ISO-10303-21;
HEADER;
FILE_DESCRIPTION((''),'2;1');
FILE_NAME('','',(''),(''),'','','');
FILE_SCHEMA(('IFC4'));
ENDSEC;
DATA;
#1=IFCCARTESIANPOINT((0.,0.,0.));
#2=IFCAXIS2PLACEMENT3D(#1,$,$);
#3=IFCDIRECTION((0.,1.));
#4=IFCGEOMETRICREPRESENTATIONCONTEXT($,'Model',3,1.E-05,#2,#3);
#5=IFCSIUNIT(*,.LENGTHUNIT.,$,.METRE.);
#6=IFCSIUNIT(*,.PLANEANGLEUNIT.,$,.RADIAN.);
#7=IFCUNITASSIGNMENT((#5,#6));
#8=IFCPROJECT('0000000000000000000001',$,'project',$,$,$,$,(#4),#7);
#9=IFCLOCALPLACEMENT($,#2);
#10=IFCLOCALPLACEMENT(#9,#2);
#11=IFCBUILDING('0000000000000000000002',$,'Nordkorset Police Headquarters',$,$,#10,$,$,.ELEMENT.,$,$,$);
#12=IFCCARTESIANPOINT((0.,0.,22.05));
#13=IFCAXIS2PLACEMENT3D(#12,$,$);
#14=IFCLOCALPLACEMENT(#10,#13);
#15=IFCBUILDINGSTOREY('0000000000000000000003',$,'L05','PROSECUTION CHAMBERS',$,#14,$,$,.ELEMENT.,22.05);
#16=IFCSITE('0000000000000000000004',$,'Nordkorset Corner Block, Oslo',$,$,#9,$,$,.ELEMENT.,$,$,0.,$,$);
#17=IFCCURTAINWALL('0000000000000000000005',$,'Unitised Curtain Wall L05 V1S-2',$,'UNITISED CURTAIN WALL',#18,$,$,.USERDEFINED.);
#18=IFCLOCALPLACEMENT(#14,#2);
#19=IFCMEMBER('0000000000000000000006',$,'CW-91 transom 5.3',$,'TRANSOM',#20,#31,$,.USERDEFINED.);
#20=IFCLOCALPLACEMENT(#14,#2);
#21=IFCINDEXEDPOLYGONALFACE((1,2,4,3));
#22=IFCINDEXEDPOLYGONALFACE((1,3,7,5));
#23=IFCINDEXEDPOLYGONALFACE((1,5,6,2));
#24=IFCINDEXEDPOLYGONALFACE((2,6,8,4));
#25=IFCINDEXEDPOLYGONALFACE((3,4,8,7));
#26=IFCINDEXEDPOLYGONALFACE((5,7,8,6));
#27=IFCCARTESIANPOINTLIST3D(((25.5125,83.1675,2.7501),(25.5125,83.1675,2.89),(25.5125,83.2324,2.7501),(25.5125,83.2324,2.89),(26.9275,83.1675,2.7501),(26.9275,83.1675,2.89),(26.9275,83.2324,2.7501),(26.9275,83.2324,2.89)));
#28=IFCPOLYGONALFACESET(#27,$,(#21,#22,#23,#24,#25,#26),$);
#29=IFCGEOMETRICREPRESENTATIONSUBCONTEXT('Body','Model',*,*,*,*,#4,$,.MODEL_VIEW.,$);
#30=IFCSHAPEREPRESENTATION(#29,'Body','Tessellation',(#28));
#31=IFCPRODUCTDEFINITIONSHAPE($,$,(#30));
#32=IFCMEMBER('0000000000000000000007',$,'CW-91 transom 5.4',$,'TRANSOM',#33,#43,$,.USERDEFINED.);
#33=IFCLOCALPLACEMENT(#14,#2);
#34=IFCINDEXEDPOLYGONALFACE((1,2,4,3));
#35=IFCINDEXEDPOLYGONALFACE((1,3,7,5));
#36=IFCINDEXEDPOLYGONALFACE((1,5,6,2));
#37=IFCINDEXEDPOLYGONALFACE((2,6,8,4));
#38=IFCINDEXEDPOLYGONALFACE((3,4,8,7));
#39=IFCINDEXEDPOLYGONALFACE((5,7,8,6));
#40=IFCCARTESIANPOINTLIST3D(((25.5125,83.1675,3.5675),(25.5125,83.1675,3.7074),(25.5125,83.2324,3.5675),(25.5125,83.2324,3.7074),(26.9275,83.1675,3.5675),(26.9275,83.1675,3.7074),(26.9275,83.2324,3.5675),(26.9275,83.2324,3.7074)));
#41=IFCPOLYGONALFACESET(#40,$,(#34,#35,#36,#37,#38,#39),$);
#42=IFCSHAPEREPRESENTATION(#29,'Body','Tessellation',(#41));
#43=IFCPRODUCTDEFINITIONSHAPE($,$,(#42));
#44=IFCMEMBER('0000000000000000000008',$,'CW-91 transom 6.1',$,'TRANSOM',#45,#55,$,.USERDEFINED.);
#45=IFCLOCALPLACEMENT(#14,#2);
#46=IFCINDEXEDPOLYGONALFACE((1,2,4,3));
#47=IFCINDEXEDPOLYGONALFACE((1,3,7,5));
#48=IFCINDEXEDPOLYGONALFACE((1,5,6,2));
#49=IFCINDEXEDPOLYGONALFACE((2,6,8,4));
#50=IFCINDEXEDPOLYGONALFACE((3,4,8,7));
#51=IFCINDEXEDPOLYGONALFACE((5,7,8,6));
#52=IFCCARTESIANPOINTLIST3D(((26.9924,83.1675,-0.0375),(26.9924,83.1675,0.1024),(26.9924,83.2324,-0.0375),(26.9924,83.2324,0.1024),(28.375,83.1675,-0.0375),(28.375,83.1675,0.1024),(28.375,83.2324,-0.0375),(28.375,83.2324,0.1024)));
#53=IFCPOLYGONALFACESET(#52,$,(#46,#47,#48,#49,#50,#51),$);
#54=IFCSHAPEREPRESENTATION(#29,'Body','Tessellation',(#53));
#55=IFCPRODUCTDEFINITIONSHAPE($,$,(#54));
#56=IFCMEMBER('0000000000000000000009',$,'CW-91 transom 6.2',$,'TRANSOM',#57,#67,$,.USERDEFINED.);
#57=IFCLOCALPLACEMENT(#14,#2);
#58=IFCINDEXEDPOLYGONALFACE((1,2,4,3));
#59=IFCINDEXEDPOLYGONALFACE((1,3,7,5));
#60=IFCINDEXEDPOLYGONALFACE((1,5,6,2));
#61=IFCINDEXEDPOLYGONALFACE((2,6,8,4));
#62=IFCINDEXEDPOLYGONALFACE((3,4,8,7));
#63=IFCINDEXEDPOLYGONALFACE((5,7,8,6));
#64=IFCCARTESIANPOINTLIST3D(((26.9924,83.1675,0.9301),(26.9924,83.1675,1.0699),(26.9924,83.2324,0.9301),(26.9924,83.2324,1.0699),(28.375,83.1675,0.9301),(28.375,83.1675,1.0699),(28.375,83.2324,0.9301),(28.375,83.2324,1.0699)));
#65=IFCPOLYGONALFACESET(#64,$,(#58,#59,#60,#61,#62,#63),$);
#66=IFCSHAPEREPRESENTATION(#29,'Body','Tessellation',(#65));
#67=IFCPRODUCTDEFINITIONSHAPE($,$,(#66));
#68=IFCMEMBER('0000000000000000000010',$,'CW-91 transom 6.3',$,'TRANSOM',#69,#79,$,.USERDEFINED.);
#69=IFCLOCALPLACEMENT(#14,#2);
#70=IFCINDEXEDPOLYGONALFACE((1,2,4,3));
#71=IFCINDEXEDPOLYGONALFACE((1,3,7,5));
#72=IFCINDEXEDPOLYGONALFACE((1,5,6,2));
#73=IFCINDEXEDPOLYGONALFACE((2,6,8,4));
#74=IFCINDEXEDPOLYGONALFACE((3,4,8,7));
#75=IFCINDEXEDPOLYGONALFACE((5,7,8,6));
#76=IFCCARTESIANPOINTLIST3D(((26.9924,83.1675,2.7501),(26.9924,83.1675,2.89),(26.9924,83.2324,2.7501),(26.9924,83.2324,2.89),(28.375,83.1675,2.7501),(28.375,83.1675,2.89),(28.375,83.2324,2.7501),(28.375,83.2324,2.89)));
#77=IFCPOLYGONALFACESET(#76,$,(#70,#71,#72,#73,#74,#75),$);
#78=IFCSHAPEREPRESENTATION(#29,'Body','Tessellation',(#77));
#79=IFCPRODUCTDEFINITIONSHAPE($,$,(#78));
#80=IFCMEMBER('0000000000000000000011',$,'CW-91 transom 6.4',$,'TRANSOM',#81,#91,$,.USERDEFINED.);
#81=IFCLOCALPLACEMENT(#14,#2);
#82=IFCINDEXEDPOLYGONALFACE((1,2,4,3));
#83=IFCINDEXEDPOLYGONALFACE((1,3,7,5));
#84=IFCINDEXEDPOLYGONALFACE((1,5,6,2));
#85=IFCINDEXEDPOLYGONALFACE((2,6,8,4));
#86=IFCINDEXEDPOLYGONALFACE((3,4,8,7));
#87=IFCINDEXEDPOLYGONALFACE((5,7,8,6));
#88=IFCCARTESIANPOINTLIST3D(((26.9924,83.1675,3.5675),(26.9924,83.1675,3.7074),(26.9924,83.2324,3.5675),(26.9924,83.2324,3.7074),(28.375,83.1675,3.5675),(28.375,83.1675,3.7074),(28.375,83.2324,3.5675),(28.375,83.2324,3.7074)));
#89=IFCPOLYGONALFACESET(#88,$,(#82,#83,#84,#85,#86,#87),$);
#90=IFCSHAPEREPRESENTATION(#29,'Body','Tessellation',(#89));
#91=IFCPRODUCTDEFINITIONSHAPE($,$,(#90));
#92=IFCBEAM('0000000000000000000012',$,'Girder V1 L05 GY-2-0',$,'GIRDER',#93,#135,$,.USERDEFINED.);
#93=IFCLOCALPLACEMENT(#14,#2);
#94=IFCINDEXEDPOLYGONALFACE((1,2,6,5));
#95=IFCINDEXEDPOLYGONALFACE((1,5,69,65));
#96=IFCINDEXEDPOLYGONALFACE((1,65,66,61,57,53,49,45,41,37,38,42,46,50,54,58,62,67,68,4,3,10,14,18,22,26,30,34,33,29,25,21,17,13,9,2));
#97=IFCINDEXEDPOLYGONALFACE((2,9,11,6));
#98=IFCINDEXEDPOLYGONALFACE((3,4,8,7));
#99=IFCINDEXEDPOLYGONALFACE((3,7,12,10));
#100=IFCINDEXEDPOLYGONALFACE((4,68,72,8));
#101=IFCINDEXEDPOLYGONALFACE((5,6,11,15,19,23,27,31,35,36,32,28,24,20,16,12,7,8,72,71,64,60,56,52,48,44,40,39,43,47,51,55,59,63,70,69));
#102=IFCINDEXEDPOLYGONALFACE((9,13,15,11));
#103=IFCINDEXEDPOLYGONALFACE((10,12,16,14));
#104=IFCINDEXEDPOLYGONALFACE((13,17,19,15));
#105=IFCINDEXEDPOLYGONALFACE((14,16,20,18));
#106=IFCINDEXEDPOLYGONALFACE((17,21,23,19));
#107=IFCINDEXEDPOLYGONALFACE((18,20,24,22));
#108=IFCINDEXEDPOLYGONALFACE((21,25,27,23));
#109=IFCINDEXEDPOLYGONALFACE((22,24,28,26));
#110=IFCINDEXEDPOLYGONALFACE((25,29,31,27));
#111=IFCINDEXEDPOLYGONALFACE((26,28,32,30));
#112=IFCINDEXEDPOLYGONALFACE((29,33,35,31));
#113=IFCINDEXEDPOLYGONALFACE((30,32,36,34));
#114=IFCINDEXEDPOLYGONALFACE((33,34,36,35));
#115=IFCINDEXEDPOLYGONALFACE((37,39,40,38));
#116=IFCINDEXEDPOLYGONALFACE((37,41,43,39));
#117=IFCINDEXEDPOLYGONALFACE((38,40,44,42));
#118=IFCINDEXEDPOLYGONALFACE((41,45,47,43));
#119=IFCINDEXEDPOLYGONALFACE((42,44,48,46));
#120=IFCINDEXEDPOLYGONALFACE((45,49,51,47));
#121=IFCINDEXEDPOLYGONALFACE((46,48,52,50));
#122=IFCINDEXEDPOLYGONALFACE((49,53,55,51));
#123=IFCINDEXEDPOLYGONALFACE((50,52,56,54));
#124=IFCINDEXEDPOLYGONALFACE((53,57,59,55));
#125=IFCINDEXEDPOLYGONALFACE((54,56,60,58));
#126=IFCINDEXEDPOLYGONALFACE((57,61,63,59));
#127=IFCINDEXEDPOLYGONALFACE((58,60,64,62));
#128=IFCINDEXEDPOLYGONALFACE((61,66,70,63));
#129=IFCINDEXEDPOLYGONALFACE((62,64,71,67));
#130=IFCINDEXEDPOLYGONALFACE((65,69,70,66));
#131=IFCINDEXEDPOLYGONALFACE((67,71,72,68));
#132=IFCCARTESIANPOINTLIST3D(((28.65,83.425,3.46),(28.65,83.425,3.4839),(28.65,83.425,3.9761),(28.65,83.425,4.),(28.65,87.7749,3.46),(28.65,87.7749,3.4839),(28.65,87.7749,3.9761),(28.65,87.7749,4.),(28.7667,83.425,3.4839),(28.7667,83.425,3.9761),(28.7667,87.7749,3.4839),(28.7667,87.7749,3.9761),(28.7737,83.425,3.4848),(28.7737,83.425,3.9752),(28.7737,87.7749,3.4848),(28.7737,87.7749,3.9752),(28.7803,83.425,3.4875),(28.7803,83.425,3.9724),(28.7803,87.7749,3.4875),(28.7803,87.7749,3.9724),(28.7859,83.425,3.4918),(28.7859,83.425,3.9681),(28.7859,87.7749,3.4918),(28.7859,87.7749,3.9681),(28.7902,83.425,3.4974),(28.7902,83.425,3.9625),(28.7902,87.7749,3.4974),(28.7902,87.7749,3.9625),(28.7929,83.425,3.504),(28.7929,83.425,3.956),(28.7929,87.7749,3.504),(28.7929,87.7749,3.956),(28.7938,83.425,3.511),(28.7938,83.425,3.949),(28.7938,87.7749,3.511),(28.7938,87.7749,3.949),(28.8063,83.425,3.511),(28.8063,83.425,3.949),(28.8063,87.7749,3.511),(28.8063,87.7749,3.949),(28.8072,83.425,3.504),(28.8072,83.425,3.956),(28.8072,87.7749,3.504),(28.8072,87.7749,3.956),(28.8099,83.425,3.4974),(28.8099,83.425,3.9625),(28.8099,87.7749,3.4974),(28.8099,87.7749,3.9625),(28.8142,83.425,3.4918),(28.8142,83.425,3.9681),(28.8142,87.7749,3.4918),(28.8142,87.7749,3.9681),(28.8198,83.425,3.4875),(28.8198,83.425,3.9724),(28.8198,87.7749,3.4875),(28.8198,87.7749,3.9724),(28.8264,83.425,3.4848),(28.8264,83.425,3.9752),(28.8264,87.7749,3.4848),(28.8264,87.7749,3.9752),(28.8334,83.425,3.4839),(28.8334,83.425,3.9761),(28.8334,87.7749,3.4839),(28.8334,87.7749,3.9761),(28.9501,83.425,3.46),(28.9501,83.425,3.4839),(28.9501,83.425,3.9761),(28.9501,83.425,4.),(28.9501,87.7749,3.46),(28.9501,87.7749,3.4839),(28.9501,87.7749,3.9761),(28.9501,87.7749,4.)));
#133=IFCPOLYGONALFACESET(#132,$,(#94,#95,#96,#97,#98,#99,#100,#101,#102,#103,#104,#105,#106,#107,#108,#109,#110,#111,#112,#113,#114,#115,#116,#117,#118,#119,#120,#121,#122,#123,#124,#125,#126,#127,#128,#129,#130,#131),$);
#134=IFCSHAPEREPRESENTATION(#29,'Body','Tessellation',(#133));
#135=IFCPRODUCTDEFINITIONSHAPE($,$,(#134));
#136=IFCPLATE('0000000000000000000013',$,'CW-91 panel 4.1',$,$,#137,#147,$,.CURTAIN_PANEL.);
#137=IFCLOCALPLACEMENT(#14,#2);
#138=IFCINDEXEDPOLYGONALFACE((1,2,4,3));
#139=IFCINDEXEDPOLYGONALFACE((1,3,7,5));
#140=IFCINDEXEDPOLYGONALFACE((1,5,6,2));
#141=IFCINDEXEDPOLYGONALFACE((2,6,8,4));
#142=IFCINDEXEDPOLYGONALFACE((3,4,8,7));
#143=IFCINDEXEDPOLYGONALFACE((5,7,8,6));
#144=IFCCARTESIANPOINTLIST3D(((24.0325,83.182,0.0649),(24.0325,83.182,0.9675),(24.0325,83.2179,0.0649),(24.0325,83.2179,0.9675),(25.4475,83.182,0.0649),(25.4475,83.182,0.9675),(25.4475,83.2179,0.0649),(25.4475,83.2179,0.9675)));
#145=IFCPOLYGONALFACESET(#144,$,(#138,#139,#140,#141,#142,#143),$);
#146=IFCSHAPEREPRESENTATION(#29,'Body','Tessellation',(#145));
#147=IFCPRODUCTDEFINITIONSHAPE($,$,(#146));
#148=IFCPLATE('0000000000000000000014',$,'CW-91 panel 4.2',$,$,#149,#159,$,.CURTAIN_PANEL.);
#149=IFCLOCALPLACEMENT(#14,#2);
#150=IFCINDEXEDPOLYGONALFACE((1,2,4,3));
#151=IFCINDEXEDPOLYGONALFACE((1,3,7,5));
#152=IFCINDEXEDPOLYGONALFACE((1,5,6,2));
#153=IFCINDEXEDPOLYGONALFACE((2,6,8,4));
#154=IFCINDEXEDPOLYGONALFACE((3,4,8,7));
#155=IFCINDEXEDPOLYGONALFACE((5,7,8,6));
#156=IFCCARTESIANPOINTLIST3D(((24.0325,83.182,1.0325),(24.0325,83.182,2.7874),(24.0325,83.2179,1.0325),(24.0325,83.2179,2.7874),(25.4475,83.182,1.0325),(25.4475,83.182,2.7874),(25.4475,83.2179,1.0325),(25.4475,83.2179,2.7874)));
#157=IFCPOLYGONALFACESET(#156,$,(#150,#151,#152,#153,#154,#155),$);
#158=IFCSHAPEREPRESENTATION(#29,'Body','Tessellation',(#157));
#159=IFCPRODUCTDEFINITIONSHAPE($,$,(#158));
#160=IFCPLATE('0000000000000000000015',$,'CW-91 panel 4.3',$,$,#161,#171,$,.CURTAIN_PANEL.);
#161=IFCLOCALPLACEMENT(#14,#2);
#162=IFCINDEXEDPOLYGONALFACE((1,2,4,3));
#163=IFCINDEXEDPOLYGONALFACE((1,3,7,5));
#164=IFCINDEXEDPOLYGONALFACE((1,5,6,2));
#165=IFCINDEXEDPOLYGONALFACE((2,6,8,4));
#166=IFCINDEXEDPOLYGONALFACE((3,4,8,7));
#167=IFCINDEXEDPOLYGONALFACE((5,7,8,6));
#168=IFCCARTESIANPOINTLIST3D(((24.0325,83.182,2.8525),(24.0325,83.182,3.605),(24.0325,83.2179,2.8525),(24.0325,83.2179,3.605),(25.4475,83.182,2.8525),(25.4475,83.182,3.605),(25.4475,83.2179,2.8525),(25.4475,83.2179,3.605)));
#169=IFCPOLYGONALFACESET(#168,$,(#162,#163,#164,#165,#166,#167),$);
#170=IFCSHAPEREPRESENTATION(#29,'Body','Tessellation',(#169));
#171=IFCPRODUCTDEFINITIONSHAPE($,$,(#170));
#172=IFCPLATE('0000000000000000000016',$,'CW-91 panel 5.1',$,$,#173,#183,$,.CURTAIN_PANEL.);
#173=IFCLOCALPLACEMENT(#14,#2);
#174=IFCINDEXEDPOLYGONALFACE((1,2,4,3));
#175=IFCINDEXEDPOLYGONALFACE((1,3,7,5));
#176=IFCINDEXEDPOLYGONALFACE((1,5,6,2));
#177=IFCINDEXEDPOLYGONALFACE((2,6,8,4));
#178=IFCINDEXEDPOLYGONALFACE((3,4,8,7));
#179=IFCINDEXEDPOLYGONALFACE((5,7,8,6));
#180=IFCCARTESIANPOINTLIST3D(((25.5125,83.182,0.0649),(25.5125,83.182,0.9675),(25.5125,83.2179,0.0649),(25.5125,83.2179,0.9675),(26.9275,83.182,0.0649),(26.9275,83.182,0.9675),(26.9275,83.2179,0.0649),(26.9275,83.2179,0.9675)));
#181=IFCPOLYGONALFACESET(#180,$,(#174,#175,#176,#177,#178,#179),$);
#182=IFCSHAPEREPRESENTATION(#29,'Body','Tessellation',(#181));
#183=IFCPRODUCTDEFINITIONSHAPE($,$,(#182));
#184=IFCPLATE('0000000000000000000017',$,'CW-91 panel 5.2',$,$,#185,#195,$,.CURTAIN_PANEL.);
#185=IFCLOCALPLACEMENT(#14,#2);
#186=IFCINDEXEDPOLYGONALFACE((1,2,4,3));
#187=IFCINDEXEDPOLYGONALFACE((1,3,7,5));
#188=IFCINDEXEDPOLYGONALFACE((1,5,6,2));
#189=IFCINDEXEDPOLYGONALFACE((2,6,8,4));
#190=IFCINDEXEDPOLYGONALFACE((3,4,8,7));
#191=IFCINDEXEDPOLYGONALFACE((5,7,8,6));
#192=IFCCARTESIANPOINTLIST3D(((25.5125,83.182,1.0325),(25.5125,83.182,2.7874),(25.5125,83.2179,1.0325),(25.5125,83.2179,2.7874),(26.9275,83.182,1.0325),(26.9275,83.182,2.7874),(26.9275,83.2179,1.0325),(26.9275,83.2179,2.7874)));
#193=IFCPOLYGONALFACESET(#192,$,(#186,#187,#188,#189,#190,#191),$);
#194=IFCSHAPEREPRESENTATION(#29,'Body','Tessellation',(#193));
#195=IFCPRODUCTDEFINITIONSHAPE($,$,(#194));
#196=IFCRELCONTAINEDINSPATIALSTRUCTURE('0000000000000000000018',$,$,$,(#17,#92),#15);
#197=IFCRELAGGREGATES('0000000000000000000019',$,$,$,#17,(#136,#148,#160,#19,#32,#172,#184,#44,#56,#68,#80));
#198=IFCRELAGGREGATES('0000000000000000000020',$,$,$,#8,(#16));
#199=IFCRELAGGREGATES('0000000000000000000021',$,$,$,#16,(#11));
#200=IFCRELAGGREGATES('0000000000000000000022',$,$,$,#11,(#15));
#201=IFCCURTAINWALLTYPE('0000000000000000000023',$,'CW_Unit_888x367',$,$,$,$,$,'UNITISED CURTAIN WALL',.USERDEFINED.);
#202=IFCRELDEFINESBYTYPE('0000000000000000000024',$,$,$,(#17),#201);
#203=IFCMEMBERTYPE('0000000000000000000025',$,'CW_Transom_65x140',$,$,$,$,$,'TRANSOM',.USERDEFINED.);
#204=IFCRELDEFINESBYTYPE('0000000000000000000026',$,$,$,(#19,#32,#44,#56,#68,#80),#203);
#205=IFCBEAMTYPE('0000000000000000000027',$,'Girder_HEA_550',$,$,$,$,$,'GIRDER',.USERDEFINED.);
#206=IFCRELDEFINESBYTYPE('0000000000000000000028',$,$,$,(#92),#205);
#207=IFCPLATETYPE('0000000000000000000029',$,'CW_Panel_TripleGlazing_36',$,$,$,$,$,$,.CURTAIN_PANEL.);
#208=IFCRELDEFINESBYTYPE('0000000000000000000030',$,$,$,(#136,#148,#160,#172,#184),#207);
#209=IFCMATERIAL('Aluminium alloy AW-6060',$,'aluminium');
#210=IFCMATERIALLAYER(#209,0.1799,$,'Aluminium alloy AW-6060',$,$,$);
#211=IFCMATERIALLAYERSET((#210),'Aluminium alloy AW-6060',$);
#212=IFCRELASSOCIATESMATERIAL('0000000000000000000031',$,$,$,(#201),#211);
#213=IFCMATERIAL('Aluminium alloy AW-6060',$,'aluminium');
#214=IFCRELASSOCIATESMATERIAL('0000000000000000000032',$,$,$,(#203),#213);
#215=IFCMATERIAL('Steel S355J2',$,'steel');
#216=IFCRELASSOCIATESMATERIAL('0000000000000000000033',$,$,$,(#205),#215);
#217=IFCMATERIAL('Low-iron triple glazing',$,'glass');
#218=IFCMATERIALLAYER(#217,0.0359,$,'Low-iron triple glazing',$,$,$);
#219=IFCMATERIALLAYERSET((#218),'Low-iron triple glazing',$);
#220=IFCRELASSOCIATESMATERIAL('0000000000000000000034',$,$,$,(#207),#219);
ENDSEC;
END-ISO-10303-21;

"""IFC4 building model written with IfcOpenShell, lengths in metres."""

from ifc_helpers import new_model, si_unit, direction, frame, origin, origin_2d, place, context, subcontext, project, spatial, rectangle, i_section, extrude, material, layer, layer_set, material_profile, profile_set, type_object, element, aggregate, save


model = new_model("IFC4")

# Units and contexts
model_context = context("Model", 3, precision=1e-05, world=origin(), true_north=direction((0.0, 1.0)))
body_context = subcontext(model_context, "Body", "Model", "MODEL_VIEW")
ifc_project = project(units=[si_unit("LENGTHUNIT", "METRE"), si_unit("PLANEANGLEUNIT", "RADIAN")], contexts=[model_context])

# Site, building, storey
site_placement = place(None, origin())
site = spatial("IfcSite", under=ifc_project, at=site_placement, Name="Nordkorset Corner Block, Oslo", CompositionType="ELEMENT", RefElevation=0.0)
building_placement = place(site_placement, origin())
building = spatial("IfcBuilding", under=site, at=building_placement, Name="Nordkorset Police Headquarters", CompositionType="ELEMENT")
storey_placement = place(building_placement, frame((0.0, 0.0, 22.05)))
storey = spatial("IfcBuildingStorey", under=building, at=storey_placement, Name="L05", Description="PROSECUTION CHAMBERS", CompositionType="ELEMENT", Elevation=22.05)

# Curtain wall, members
ifc_material_1 = material(Name="Aluminium alloy AW-6060", Category="aluminium")
ifc_layer_1 = layer(ifc_material_1, 0.1799, Name="Aluminium alloy AW-6060")
ifc_layer_set_1 = layer_set([ifc_layer_1], Name="Aluminium alloy AW-6060")
curtain_wall_type_1 = type_object("IfcCurtainWallType", Name="CW_Unit_888x367", ElementType="UNITISED CURTAIN WALL", PredefinedType="USERDEFINED", material=ifc_layer_set_1)
curtain_wall_1_placement = place(storey_placement, origin())
curtain_wall_1 = element("IfcCurtainWall", 1, at=curtain_wall_1_placement, inside=storey, type_object=curtain_wall_type_1, Name="Unitised Curtain Wall L05 V1S-2", ObjectType="UNITISED CURTAIN WALL", PredefinedType="USERDEFINED")
ifc_material_2 = material(Name="Aluminium alloy AW-6060", Category="aluminium")
ifc_material_profile_1 = material_profile(ifc_material_2, rectangle(XDim=0.0649, YDim=0.1399, at=origin_2d()), Name="ALU TRAN 65x140")
ifc_profile_set_1 = profile_set([ifc_material_profile_1], Name="Aluminium alloy AW-6060")
member_type_1 = type_object("IfcMemberType", Name="CW_Transom_65x140", ElementType="TRANSOM", PredefinedType="USERDEFINED", material=ifc_profile_set_1)
member_1_placement = place(storey_placement, frame((25.5125, 83.2, 2.8201), z_axis=(1.0, 0.0, 0.0), x_axis=(0.0, 1.0, 0.0)))
member_1 = element("IfcMember", 2, at=member_1_placement, type_object=member_type_1, Name="CW-91 transom 5.3", ObjectType="TRANSOM", PredefinedType="USERDEFINED", context=body_context, shape_type="SweptSolid", body=[
    extrude(rectangle(XDim=0.0649, YDim=0.1399, at=origin_2d()), origin(), (0.0, 0.0, 1.0), 1.415),
])
member_2_placement = place(storey_placement, frame((25.5125, 83.2, 3.6375), z_axis=(1.0, 0.0, 0.0), x_axis=(0.0, 1.0, 0.0)))
member_2 = element("IfcMember", 3, at=member_2_placement, type_object=member_type_1, Name="CW-91 transom 5.4", ObjectType="TRANSOM", PredefinedType="USERDEFINED", context=body_context, shape_type="SweptSolid", body=[
    extrude(rectangle(XDim=0.0649, YDim=0.1399, at=origin_2d()), origin(), (0.0, 0.0, 1.0), 1.415),
])
member_3_placement = place(storey_placement, frame((26.9924, 83.2, 0.0325), z_axis=(1.0, 0.0, 0.0), x_axis=(0.0, 1.0, 0.0)))
member_3 = element("IfcMember", 4, at=member_3_placement, type_object=member_type_1, Name="CW-91 transom 6.1", ObjectType="TRANSOM", PredefinedType="USERDEFINED", context=body_context, shape_type="SweptSolid", body=[
    extrude(rectangle(XDim=0.0649, YDim=0.1399, at=origin_2d()), origin(), (0.0, 0.0, 1.0), 1.3826),
])
member_4_placement = place(storey_placement, frame((26.9924, 83.2, 1.0), z_axis=(1.0, 0.0, 0.0), x_axis=(0.0, 1.0, 0.0)))
member_4 = element("IfcMember", 5, at=member_4_placement, type_object=member_type_1, Name="CW-91 transom 6.2", ObjectType="TRANSOM", PredefinedType="USERDEFINED", context=body_context, shape_type="SweptSolid", body=[
    extrude(rectangle(XDim=0.0649, YDim=0.1399, at=origin_2d()), origin(), (0.0, 0.0, 1.0), 1.3826),
])
member_5_placement = place(storey_placement, frame((26.9924, 83.2, 2.8201), z_axis=(1.0, 0.0, 0.0), x_axis=(0.0, 1.0, 0.0)))
member_5 = element("IfcMember", 6, at=member_5_placement, type_object=member_type_1, Name="CW-91 transom 6.3", ObjectType="TRANSOM", PredefinedType="USERDEFINED", context=body_context, shape_type="SweptSolid", body=[
    extrude(rectangle(XDim=0.0649, YDim=0.1399, at=origin_2d()), origin(), (0.0, 0.0, 1.0), 1.3826),
])
member_6_placement = place(storey_placement, frame((26.9924, 83.2, 3.6375), z_axis=(1.0, 0.0, 0.0), x_axis=(0.0, 1.0, 0.0)))
member_6 = element("IfcMember", 7, at=member_6_placement, type_object=member_type_1, Name="CW-91 transom 6.4", ObjectType="TRANSOM", PredefinedType="USERDEFINED", context=body_context, shape_type="SweptSolid", body=[
    extrude(rectangle(XDim=0.0649, YDim=0.1399, at=origin_2d()), origin(), (0.0, 0.0, 1.0), 1.3826),
])

# Beam
ifc_material_3 = material(Name="Steel S355J2", Category="steel")
ifc_material_profile_2 = material_profile(ifc_material_3, i_section(OverallWidth=0.3, OverallDepth=0.54, WebThickness=0.0125, FlangeThickness=0.0239, FilletRadius=0.0271, at=origin_2d()), Name="HEA 550")
ifc_profile_set_2 = profile_set([ifc_material_profile_2], Name="Steel S355J2")
beam_type = type_object("IfcBeamType", Name="Girder_HEA_550", ElementType="GIRDER", PredefinedType="USERDEFINED", material=ifc_profile_set_2)
beam_placement = place(storey_placement, frame((28.8, 83.425, 3.73), z_axis=(0.0, 1.0, 0.0), x_axis=(-1.0, 0.0, 0.0)))
element("IfcBeam", 8, at=beam_placement, inside=storey, type_object=beam_type, Name="Girder V1 L05 GY-2-0", ObjectType="GIRDER", PredefinedType="USERDEFINED", context=body_context, shape_type="SweptSolid", body=[
    extrude(i_section(OverallWidth=0.3, OverallDepth=0.54, WebThickness=0.0125, FlangeThickness=0.0239, FilletRadius=0.0271, at=origin_2d()), origin(), (0.0, 0.0, 1.0), 4.3499),
])

# Plates
ifc_material_4 = material(Name="Low-iron triple glazing", Category="glass")
ifc_layer_2 = layer(ifc_material_4, 0.0359, Name="Low-iron triple glazing")
ifc_layer_set_2 = layer_set([ifc_layer_2], Name="Low-iron triple glazing")
plate_type = type_object("IfcPlateType", Name="CW_Panel_TripleGlazing_36", PredefinedType="CURTAIN_PANEL", material=ifc_layer_set_2)
plate_1_placement = place(storey_placement, frame((24.74, 83.2, 0.0649), z_axis=(0.0, 0.0, 1.0), x_axis=(1.0, 0.0, 0.0)))
plate_1 = element("IfcPlate", 9, at=plate_1_placement, type_object=plate_type, Name="CW-91 panel 4.1", PredefinedType="CURTAIN_PANEL", context=body_context, shape_type="SweptSolid", body=[
    extrude(rectangle(XDim=1.415, YDim=0.0359, at=origin_2d()), origin(), (0.0, 0.0, 1.0), 0.9026),
])
plate_2_placement = place(storey_placement, frame((24.74, 83.2, 1.0325), z_axis=(0.0, 0.0, 1.0), x_axis=(1.0, 0.0, 0.0)))
plate_2 = element("IfcPlate", 10, at=plate_2_placement, type_object=plate_type, Name="CW-91 panel 4.2", PredefinedType="CURTAIN_PANEL", context=body_context, shape_type="SweptSolid", body=[
    extrude(rectangle(XDim=1.415, YDim=0.0359, at=origin_2d()), origin(), (0.0, 0.0, 1.0), 1.7549),
])
plate_3_placement = place(storey_placement, frame((24.74, 83.2, 2.8525), z_axis=(0.0, 0.0, 1.0), x_axis=(1.0, 0.0, 0.0)))
plate_3 = element("IfcPlate", 11, at=plate_3_placement, type_object=plate_type, Name="CW-91 panel 4.3", PredefinedType="CURTAIN_PANEL", context=body_context, shape_type="SweptSolid", body=[
    extrude(rectangle(XDim=1.415, YDim=0.0359, at=origin_2d()), origin(), (0.0, 0.0, 1.0), 0.7524),
])
plate_4_placement = place(storey_placement, frame((26.22, 83.2, 0.0649), z_axis=(0.0, 0.0, 1.0), x_axis=(1.0, 0.0, 0.0)))
plate_4 = element("IfcPlate", 12, at=plate_4_placement, type_object=plate_type, Name="CW-91 panel 5.1", PredefinedType="CURTAIN_PANEL", context=body_context, shape_type="SweptSolid", body=[
    extrude(rectangle(XDim=1.415, YDim=0.0359, at=origin_2d()), origin(), (0.0, 0.0, 1.0), 0.9026),
])
plate_5_placement = place(storey_placement, frame((26.22, 83.2, 1.0325), z_axis=(0.0, 0.0, 1.0), x_axis=(1.0, 0.0, 0.0)))
plate_5 = element("IfcPlate", 13, at=plate_5_placement, type_object=plate_type, Name="CW-91 panel 5.2", PredefinedType="CURTAIN_PANEL", context=body_context, shape_type="SweptSolid", body=[
    extrude(rectangle(XDim=1.415, YDim=0.0359, at=origin_2d()), origin(), (0.0, 0.0, 1.0), 1.7549),
])
aggregate(curtain_wall_1, [plate_1, plate_2, plate_3, member_1, member_2, plate_4, plate_5, member_3, member_4, member_5, member_6])

save(model, "model.ifc")
